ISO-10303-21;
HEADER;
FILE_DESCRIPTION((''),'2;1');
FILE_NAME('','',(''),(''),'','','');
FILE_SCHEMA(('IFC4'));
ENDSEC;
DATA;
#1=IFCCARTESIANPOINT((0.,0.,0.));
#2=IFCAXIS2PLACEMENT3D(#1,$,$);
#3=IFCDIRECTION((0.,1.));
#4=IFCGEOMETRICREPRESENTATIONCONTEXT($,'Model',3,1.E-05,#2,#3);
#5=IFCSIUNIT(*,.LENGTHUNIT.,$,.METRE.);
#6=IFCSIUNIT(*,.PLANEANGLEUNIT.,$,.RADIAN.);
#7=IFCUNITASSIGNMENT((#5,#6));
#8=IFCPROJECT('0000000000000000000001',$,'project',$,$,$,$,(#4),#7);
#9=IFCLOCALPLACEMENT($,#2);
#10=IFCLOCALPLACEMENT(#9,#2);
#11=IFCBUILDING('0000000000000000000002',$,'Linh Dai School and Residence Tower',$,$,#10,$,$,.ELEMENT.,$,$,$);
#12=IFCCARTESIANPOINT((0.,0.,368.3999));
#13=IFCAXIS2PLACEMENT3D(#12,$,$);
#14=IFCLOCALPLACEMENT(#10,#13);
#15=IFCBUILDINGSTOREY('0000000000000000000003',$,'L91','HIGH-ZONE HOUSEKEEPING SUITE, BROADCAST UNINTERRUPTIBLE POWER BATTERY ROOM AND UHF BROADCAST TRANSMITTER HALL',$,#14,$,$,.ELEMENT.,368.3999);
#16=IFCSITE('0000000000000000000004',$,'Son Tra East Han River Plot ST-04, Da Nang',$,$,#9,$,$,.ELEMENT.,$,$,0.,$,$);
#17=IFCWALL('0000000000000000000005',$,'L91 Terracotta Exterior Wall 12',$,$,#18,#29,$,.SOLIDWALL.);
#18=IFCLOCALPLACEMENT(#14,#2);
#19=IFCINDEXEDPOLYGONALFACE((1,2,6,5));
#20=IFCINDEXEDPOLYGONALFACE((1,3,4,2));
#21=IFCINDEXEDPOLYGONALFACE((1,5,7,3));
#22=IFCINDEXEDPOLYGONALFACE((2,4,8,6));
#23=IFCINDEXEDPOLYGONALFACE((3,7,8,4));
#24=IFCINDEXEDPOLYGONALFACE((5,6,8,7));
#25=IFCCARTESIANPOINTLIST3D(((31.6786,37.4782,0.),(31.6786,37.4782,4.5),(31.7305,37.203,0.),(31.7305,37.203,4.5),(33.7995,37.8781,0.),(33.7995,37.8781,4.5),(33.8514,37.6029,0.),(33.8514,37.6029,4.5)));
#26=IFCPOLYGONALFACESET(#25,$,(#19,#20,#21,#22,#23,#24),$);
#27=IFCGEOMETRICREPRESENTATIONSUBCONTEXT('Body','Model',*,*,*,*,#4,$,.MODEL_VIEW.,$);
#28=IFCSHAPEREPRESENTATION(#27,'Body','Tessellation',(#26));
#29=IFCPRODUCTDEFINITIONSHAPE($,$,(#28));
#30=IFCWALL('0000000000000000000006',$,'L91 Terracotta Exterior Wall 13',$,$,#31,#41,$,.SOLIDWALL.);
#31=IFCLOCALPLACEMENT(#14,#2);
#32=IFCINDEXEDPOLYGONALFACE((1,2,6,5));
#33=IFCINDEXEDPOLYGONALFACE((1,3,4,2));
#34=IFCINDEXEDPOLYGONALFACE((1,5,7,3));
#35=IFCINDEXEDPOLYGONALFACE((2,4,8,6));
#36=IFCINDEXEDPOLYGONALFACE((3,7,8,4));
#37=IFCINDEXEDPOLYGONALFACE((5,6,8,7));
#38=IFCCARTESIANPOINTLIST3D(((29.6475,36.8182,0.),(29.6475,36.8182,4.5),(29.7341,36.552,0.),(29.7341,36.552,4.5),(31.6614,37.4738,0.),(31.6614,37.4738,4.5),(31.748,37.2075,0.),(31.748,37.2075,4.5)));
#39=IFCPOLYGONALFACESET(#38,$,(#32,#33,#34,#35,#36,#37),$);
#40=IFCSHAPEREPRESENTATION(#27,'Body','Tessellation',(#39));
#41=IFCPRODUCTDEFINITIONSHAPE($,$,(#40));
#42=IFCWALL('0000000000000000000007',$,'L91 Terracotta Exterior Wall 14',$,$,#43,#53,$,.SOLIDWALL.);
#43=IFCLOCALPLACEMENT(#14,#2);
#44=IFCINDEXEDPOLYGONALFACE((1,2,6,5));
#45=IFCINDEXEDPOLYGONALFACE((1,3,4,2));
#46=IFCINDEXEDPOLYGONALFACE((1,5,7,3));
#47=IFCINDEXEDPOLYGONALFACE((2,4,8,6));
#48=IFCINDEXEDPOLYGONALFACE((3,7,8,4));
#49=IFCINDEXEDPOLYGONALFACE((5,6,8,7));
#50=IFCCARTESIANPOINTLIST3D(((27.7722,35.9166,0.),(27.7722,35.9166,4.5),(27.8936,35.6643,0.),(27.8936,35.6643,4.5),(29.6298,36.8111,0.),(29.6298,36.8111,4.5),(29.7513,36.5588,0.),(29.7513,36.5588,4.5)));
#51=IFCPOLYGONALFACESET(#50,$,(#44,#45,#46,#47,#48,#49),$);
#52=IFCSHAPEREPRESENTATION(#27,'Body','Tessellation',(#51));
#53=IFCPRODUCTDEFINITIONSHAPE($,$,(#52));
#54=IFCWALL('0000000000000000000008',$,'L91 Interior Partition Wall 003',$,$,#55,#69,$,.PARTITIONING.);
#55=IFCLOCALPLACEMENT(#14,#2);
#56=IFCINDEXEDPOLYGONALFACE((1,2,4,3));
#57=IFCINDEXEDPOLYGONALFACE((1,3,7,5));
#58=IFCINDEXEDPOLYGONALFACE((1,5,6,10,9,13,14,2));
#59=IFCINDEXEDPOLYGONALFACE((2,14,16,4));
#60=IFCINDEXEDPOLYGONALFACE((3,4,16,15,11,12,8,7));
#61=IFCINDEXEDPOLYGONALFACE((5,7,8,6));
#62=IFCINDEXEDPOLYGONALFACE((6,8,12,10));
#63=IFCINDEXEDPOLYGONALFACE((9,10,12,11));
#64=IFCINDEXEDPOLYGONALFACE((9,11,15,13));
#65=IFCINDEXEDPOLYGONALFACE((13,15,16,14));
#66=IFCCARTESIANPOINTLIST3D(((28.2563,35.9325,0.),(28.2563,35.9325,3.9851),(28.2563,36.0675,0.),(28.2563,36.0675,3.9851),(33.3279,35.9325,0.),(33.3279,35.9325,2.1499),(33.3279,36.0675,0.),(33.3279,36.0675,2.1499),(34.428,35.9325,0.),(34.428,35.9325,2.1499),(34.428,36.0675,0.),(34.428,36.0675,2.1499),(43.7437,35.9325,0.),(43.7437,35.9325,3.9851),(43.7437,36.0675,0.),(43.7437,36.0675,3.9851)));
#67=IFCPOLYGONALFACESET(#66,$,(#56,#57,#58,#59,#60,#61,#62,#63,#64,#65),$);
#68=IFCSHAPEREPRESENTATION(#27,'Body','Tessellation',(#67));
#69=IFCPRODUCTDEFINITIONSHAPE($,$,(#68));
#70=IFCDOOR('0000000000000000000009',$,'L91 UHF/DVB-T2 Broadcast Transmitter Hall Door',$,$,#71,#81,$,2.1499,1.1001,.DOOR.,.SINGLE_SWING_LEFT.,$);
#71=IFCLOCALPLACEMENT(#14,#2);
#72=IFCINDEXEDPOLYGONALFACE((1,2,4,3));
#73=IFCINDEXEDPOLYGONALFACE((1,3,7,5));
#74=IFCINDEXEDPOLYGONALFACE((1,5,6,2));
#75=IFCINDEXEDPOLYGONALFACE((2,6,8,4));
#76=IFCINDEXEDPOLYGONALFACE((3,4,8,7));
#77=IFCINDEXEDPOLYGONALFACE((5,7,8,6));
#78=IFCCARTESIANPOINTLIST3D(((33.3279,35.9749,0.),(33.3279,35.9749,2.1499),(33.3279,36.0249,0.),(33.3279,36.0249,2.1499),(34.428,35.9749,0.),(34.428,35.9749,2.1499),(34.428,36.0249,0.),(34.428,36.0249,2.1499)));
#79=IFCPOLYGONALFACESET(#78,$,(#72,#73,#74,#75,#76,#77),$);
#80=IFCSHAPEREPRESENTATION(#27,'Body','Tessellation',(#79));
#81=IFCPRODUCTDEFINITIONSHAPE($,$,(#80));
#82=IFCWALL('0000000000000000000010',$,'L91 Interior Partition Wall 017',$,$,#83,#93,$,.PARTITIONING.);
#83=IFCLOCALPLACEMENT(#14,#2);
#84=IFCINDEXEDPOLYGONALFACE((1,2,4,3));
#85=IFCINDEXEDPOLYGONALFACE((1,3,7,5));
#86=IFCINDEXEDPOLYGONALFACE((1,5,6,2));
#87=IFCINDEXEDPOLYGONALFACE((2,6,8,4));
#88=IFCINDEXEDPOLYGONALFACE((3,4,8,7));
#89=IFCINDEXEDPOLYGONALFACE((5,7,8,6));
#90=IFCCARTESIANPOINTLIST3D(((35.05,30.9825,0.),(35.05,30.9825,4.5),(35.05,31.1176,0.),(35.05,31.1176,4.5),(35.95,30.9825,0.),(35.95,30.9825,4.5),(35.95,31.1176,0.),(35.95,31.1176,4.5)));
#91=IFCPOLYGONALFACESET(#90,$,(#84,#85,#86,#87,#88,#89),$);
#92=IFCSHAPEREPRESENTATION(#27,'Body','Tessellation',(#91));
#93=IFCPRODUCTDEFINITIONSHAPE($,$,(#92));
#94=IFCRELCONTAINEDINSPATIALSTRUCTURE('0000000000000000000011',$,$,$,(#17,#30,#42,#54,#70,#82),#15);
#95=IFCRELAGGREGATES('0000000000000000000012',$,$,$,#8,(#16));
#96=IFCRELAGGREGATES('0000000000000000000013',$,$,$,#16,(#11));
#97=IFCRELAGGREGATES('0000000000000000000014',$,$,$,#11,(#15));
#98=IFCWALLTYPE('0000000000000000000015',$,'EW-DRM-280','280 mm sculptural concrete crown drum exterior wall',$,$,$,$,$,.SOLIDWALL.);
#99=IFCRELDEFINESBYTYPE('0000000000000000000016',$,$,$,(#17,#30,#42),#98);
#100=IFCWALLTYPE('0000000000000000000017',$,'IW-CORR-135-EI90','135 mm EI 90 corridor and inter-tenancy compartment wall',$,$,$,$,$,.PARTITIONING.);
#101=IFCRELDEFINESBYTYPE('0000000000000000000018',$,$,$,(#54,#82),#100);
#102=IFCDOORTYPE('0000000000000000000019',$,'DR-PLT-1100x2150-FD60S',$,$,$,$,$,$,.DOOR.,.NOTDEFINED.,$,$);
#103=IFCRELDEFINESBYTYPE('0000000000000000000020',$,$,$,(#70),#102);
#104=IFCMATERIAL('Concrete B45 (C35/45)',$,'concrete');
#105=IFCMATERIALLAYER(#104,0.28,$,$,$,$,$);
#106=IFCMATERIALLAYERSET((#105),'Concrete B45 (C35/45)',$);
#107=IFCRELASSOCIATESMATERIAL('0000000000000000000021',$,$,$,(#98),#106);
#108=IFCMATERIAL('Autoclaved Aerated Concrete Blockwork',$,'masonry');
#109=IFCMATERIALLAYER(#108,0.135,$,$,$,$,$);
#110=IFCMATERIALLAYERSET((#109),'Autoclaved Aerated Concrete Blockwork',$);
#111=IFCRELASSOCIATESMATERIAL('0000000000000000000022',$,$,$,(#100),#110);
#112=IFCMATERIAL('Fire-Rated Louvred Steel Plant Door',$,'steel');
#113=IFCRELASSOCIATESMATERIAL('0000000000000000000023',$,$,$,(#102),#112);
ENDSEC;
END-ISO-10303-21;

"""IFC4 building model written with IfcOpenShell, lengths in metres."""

from ifc_helpers import new_model, si_unit, direction, frame, frame_2d, origin, origin_2d, place, context, subcontext, project, spatial, rectangle, extrude, source, transform, mapped, material, layer, layer_set, type_object, element, fill, save


model = new_model("IFC4")

# Units and contexts
model_context = context("Model", 3, precision=1e-05, world=origin(), true_north=direction((0.0, 1.0)))
body_context = subcontext(model_context, "Body", "Model", "MODEL_VIEW")
ifc_project = project(units=[si_unit("LENGTHUNIT", "METRE"), si_unit("PLANEANGLEUNIT", "RADIAN")], contexts=[model_context])

# Site, building, storey
site_placement = place(None, origin())
site = spatial("IfcSite", under=ifc_project, at=site_placement, Name="Son Tra East Han River Plot ST-04, Da Nang", CompositionType="ELEMENT", RefElevation=0.0)
building_placement = place(site_placement, origin())
building = spatial("IfcBuilding", under=site, at=building_placement, Name="Linh Dai School and Residence Tower", CompositionType="ELEMENT")
storey_placement = place(building_placement, frame((0.0, 0.0, 368.3999)))
storey = spatial("IfcBuildingStorey", under=building, at=storey_placement, Name="L91", Description="HIGH-ZONE HOUSEKEEPING SUITE, BROADCAST UNINTERRUPTIBLE POWER BATTERY ROOM AND UHF BROADCAST TRANSMITTER HALL", CompositionType="ELEMENT", Elevation=368.3999)

# Walls
ifc_material_1 = material(Name="Concrete B45 (C35/45)", Category="concrete")
ifc_layer_1 = layer(ifc_material_1, 0.28)
ifc_layer_set_1 = layer_set([ifc_layer_1], Name="Concrete B45 (C35/45)")
wall_type_1 = type_object("IfcWallType", Name="EW-DRM-280", Description="280 mm sculptural concrete crown drum exterior wall", PredefinedType="SOLIDWALL", material=ifc_layer_set_1)
wall_1_placement = place(storey_placement, frame((31.7046, 37.3406, 0.0), z_axis=(0.0, 0.0, 1.0), x_axis=(0.982683, 0.185292, 0.0)))
element("IfcWall", 1, at=wall_1_placement, inside=storey, type_object=wall_type_1, Name="L91 Terracotta Exterior Wall 12", PredefinedType="SOLIDWALL", context=body_context, shape_type="SweptSolid", body=[
    extrude(rectangle(XDim=2.1582, YDim=0.28, at=frame_2d((1.0791, 0.0))), origin(), (0.0, 0.0, 1.0), 4.5),
])
wall_2_placement = place(storey_placement, frame((29.6907, 36.6851, 0.0), z_axis=(0.0, 0.0, 1.0), x_axis=(0.950896, 0.309511, 0.0)))
element("IfcWall", 2, at=wall_2_placement, inside=storey, type_object=wall_type_1, Name="L91 Terracotta Exterior Wall 13", PredefinedType="SOLIDWALL", context=body_context, shape_type="SweptSolid", body=[
    extrude(rectangle(XDim=2.1179, YDim=0.28, at=frame_2d((1.0591, 0.0))), origin(), (0.0, 0.0, 1.0), 4.5),
])
wall_3_placement = place(storey_placement, frame((27.833, 35.7905, 0.0), z_axis=(0.0, 0.0, 1.0), x_axis=(0.900983, 0.433855, 0.0)))
element("IfcWall", 3, at=wall_3_placement, inside=storey, type_object=wall_type_1, Name="L91 Terracotta Exterior Wall 14", PredefinedType="SOLIDWALL", context=body_context, shape_type="SweptSolid", body=[
    extrude(rectangle(XDim=2.0618, YDim=0.28, at=frame_2d((1.0308, 0.0))), origin(), (0.0, 0.0, 1.0), 4.5),
])

# Wall, opening, door
ifc_material_2 = material(Name="Autoclaved Aerated Concrete Blockwork", Category="masonry")
ifc_layer_2 = layer(ifc_material_2, 0.135)
ifc_layer_set_2 = layer_set([ifc_layer_2], Name="Autoclaved Aerated Concrete Blockwork")
wall_type_2 = type_object("IfcWallType", Name="IW-CORR-135-EI90", Description="135 mm EI 90 corridor and inter-tenancy compartment wall", PredefinedType="PARTITIONING", material=ifc_layer_set_2)
wall_4_placement = place(storey_placement, frame((28.2563, 36.0, 0.0), z_axis=(0.0, 0.0, 1.0), x_axis=(1.0, 0.0, 0.0)))
wall_4 = element("IfcWall", 4, at=wall_4_placement, inside=storey, type_object=wall_type_2, Name="L91 Interior Partition Wall 003", PredefinedType="PARTITIONING", context=body_context, shape_type="SweptSolid", body=[
    extrude(rectangle(XDim=15.4873, YDim=0.135, at=frame_2d((7.7437, 0.0))), origin(), (0.0, 0.0, 1.0), 3.9851),
])
opening_placement = place(wall_4_placement, frame((5.0715, 0.0, 0.0)))
opening = element("IfcOpeningElement", 5, at=opening_placement, cuts=wall_4, PredefinedType="OPENING", context=body_context, shape_type="SweptSolid", body=[
    extrude(rectangle(XDim=1.1001, YDim=2.1499, at=origin_2d()), frame((0.55, 0.0776, 1.075), z_axis=(0.0, -1.0, 0.0), x_axis=(1.0, 0.0, 0.0)), (0.0, 0.0, 1.0), 0.155),
])
ifc_material_3 = material(Name="Fire-Rated Louvred Steel Plant Door", Category="steel")
door_type = type_object("IfcDoorType", Name="DR-PLT-1100x2150-FD60S", OperationType="NOTDEFINED", PredefinedType="DOOR", material=ifc_material_3)
shared_shape_1 = source(origin(), body_context, "Body", "SweptSolid", [
    extrude(rectangle(XDim=1.1001, YDim=2.1499, at=origin_2d()), frame((0.55, 0.0249, 1.075), z_axis=(0.0, -1.0, 0.0), x_axis=(1.0, 0.0, 0.0)), (0.0, 0.0, 1.0), 0.05),
])
door_placement = place(opening_placement, origin())
door = element("IfcDoor", 6, at=door_placement, inside=storey, type_object=door_type, Name="L91 UHF/DVB-T2 Broadcast Transmitter Hall Door", OperationType="SINGLE_SWING_LEFT", OverallHeight=2.1499, OverallWidth=1.1001, PredefinedType="DOOR", context=body_context, shape_type="MappedRepresentation", body=[
    mapped(shared_shape_1, transform((0.0, 0.0, 0.0), x_axis=(1.0, 0.0, 0.0), y_axis=(0.0, 1.0, 0.0), z_axis=(0.0, 0.0, 1.0), scale=1.0)),
])
fill(opening, door)

# Wall
wall_5_placement = place(storey_placement, frame((35.05, 31.05, 0.0), z_axis=(0.0, 0.0, 1.0), x_axis=(1.0, 0.0, 0.0)))
element("IfcWall", 7, at=wall_5_placement, inside=storey, type_object=wall_type_2, Name="L91 Interior Partition Wall 017", PredefinedType="PARTITIONING", context=body_context, shape_type="SweptSolid", body=[
    extrude(rectangle(XDim=0.8999, YDim=0.135, at=frame_2d((0.45, 0.0))), origin(), (0.0, 0.0, 1.0), 4.5),
])

save(model, "model.ifc")
